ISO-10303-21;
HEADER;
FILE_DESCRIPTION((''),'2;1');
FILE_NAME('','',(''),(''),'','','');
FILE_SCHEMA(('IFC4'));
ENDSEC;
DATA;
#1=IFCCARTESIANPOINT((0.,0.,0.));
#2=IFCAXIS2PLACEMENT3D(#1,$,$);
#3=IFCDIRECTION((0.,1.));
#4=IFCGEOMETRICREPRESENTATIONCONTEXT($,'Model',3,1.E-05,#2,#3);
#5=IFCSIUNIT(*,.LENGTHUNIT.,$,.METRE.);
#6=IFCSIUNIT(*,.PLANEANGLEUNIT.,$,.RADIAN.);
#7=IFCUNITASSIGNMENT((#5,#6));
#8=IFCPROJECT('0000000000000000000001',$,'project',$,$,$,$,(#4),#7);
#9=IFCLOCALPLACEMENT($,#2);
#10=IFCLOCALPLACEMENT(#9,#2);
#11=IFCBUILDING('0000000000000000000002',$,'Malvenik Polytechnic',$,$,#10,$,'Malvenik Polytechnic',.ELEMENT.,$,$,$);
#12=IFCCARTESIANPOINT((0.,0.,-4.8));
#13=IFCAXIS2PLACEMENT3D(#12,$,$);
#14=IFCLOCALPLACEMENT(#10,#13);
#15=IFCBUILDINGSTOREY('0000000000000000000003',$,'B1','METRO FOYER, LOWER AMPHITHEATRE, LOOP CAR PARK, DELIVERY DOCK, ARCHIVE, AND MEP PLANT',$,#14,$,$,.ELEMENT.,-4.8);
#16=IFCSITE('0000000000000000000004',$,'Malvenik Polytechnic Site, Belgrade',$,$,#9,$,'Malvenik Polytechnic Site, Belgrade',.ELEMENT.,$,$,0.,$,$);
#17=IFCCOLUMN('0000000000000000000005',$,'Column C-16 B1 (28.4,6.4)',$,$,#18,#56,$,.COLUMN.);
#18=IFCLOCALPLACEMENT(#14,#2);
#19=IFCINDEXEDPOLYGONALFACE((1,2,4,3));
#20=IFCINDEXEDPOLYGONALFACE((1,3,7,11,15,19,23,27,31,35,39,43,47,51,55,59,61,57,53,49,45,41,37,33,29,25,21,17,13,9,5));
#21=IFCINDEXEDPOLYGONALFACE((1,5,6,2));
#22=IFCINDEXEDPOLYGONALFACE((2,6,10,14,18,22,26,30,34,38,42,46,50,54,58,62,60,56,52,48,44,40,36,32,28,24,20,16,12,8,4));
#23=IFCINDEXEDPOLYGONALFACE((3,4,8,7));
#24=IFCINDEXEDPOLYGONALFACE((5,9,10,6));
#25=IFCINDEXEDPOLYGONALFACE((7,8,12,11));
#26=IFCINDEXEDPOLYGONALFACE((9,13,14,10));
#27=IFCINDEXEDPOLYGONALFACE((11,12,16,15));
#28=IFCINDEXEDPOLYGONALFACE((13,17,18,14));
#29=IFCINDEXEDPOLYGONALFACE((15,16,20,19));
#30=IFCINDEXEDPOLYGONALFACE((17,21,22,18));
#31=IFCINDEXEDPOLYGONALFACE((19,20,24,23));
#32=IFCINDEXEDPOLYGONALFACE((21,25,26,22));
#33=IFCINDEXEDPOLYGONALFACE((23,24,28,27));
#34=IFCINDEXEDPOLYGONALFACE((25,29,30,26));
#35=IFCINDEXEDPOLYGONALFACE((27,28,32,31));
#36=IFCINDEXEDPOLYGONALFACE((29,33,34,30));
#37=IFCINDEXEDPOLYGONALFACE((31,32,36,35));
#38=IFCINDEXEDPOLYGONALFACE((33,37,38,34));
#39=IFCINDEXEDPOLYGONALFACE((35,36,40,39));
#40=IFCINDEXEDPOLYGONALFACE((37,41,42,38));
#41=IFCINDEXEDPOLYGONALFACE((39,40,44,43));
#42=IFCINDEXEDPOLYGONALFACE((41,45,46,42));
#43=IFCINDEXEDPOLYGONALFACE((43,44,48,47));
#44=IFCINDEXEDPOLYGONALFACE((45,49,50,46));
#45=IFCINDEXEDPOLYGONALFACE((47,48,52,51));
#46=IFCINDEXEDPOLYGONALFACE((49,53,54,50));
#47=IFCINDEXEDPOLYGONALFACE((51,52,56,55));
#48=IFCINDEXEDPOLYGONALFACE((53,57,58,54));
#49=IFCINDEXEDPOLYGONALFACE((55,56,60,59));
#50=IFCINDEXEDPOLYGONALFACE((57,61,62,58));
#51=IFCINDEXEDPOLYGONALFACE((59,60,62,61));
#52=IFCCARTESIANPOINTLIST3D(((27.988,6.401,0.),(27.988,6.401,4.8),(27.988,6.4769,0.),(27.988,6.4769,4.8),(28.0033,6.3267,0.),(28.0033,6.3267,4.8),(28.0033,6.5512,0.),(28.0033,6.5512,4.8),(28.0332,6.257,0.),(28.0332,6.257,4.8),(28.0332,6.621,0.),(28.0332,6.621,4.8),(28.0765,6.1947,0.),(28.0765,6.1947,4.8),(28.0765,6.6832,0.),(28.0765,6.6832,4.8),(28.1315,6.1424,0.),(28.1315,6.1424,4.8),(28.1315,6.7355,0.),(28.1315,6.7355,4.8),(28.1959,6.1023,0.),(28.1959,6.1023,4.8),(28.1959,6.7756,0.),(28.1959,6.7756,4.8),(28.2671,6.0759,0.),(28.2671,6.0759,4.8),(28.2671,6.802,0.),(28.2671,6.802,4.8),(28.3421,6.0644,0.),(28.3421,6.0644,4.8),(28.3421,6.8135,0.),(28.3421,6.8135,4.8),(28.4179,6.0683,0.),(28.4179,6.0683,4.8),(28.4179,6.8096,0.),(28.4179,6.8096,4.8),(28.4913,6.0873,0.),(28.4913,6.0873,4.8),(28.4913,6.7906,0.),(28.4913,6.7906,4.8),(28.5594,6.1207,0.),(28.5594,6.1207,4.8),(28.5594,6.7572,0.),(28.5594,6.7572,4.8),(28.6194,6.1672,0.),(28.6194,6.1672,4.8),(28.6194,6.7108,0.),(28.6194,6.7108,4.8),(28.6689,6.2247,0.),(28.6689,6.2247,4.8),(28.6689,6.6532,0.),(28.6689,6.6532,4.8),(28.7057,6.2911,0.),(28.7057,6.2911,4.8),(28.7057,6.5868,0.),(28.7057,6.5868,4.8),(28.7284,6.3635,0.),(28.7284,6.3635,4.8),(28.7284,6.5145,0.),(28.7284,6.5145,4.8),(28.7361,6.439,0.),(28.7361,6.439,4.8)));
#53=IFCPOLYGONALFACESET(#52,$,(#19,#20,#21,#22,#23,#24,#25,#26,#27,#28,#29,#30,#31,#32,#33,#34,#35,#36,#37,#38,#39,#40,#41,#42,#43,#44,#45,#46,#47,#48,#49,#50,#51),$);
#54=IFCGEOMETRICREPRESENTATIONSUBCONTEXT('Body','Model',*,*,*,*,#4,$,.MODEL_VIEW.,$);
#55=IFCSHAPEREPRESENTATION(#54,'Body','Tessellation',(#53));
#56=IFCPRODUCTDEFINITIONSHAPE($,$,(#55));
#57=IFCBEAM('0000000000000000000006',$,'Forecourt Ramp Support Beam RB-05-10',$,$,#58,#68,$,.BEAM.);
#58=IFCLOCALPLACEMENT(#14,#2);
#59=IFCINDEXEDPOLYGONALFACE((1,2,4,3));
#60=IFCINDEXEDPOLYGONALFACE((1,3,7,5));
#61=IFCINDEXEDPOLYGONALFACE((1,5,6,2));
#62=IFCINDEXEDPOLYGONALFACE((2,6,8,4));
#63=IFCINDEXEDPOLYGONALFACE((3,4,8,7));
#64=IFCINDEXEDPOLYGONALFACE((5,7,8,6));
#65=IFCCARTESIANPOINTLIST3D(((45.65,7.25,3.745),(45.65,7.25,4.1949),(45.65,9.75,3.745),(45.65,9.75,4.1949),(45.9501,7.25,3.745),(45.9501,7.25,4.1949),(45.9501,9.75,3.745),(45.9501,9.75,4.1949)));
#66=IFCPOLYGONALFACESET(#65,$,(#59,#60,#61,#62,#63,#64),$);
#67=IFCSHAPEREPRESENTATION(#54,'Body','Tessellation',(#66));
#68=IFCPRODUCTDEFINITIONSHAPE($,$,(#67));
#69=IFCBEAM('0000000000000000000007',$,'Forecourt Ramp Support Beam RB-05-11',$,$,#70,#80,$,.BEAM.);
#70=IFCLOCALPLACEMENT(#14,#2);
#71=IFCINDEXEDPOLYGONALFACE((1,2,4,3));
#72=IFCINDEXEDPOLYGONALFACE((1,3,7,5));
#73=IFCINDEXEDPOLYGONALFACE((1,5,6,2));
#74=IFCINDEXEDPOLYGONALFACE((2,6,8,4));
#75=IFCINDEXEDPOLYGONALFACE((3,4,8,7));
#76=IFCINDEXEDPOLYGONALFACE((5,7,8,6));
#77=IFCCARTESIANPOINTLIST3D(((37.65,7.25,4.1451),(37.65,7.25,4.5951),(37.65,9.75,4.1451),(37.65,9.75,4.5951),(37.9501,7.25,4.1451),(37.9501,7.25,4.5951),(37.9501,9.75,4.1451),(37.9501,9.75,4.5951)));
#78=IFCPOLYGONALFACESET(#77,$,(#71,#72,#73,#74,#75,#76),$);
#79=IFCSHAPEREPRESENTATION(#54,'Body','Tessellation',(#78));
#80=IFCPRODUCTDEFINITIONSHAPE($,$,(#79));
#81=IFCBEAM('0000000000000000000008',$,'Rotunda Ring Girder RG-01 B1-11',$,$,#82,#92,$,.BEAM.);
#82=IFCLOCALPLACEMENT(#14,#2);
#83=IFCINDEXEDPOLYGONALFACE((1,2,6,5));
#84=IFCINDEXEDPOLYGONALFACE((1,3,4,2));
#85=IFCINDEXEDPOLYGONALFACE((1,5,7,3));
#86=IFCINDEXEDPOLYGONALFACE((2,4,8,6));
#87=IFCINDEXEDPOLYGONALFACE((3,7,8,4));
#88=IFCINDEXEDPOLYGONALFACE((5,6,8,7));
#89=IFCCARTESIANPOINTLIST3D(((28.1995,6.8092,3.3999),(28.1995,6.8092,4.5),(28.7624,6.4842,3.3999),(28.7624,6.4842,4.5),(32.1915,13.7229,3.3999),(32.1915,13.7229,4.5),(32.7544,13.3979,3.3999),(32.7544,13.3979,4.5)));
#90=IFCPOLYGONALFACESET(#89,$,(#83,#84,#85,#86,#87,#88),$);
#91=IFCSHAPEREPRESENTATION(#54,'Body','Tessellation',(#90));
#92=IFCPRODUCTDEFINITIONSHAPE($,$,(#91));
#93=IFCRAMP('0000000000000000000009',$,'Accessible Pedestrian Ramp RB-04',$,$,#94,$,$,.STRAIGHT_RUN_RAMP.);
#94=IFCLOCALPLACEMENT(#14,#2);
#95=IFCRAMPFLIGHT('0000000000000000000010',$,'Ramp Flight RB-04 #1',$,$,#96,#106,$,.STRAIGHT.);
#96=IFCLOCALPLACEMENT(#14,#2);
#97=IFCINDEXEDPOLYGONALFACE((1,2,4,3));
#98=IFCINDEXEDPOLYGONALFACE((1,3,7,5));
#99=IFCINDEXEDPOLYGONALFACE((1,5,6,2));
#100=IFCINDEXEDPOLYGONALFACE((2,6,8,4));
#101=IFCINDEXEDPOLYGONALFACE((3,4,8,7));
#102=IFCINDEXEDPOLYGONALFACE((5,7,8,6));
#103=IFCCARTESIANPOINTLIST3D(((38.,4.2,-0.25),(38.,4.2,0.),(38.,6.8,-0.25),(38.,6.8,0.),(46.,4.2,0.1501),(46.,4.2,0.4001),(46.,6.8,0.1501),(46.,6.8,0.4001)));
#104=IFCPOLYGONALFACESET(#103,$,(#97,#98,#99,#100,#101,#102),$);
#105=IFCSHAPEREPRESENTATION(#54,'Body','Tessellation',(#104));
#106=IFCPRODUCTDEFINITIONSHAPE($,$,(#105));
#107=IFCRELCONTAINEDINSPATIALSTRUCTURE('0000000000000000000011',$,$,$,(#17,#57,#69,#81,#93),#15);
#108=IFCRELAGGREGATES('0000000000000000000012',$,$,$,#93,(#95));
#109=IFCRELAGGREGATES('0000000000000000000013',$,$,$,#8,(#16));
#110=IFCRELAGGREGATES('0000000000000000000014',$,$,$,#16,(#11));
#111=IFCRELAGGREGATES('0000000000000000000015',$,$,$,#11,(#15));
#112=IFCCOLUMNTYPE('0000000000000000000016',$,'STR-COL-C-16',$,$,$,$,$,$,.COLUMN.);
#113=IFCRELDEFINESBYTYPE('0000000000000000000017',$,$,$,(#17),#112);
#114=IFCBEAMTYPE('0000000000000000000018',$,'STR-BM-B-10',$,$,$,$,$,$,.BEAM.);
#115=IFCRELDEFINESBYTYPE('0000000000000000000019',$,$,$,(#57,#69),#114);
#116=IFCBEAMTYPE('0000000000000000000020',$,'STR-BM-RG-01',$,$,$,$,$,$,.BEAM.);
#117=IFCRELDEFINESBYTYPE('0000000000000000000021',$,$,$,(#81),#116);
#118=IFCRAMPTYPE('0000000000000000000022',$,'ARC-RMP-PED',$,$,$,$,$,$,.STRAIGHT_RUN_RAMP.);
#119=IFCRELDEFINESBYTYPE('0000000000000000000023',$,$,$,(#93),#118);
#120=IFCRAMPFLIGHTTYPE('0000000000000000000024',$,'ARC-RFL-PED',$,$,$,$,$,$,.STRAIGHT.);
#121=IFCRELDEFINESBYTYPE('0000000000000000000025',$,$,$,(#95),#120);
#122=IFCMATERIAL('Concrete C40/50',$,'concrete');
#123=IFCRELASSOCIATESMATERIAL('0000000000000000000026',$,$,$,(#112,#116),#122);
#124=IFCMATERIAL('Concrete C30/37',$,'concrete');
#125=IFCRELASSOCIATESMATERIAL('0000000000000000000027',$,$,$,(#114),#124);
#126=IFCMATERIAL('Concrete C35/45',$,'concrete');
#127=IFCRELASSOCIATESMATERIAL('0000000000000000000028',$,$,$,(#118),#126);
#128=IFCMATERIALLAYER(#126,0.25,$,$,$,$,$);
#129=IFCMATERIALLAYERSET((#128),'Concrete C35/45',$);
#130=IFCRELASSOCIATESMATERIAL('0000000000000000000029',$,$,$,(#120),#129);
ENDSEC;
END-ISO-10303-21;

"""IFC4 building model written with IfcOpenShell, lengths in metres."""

from ifc_helpers import new_model, si_unit, direction, frame, origin, origin_2d, place, context, subcontext, project, spatial, polyline, rectangle, circle, outline, extrude, material, layer, layer_set, material_profile, profile_set, type_object, element, aggregate, save


model = new_model("IFC4")

# Units and contexts
model_context = context("Model", 3, precision=1e-05, world=origin(), true_north=direction((0.0, 1.0)))
body_context = subcontext(model_context, "Body", "Model", "MODEL_VIEW")
ifc_project = project(units=[si_unit("LENGTHUNIT", "METRE"), si_unit("PLANEANGLEUNIT", "RADIAN")], contexts=[model_context])

# Site, building, storey
site_placement = place(None, origin())
site = spatial("IfcSite", under=ifc_project, at=site_placement, Name="Malvenik Polytechnic Site, Belgrade", LongName="Malvenik Polytechnic Site, Belgrade", CompositionType="ELEMENT", RefElevation=0.0)
building_placement = place(site_placement, origin())
building = spatial("IfcBuilding", under=site, at=building_placement, Name="Malvenik Polytechnic", LongName="Malvenik Polytechnic", CompositionType="ELEMENT")
storey_placement = place(building_placement, frame((0.0, 0.0, -4.8)))
storey = spatial("IfcBuildingStorey", under=building, at=storey_placement, Name="B1", Description="METRO FOYER, LOWER AMPHITHEATRE, LOOP CAR PARK, DELIVERY DOCK, ARCHIVE, AND MEP PLANT", CompositionType="ELEMENT", Elevation=-4.8)

# Shared definitions
ifc_material_1 = material(Name="Concrete C35/45", Category="concrete")

# Column
ifc_material_2 = material(Name="Concrete C30/37", Category="concrete")
ifc_material_3 = material(Name="Concrete C40/50", Category="concrete")
ifc_material_profile_1 = material_profile(ifc_material_3, circle(Radius=0.375, at=origin_2d()), Name="RC COL D750")
ifc_profile_set_1 = profile_set([ifc_material_profile_1], Name="Concrete C40/50")
column_type_1 = type_object("IfcColumnType", Name="STR-COL-C-16", PredefinedType="COLUMN", material=ifc_profile_set_1)
column_1_placement = place(storey_placement, frame((28.3611, 6.439, 0.0), z_axis=(0.0, 0.0, 1.0), x_axis=(1.0, 0.0, 0.0)))
element("IfcColumn", 1, at=column_1_placement, inside=storey, type_object=column_type_1, Name="Column C-16 B1 (28.4,6.4)", PredefinedType="COLUMN", context=body_context, shape_type="SweptSolid", body=[
    extrude(circle(Radius=0.375, at=origin_2d()), origin(), (0.0, 0.0, 1.0), 4.8),
])

# Beams
ifc_material_profile_2 = material_profile(ifc_material_2, rectangle(XDim=0.3, YDim=0.45, at=origin_2d()), Name="RC BM 300x450")
ifc_profile_set_2 = profile_set([ifc_material_profile_2], Name="Concrete C30/37")
beam_type_1 = type_object("IfcBeamType", Name="STR-BM-B-10", PredefinedType="BEAM", material=ifc_profile_set_2)
for number, where, z_axis, x_axis, name in (
    (2, (45.8, 7.25, 3.97), (0.0, 1.0, 0.0), (-1.0, 0.0, 0.0), "Forecourt Ramp Support Beam RB-05-10"),
    (3, (37.8, 7.25, 4.3701), (0.0, 1.0, 0.0), (-1.0, 0.0, 0.0), "Forecourt Ramp Support Beam RB-05-11"),
):
    element("IfcBeam", number, at=place(storey_placement, frame(where, z_axis=z_axis, x_axis=x_axis)), inside=storey, type_object=beam_type_1, Name=name, PredefinedType="BEAM", context=body_context, shape_type="SweptSolid", body=[
        extrude(rectangle(XDim=0.3, YDim=0.45, at=origin_2d()), origin(), (0.0, 0.0, 1.0), 2.5),
    ])
ifc_material_profile_3 = material_profile(ifc_material_3, rectangle(XDim=0.6499, YDim=1.1001, at=origin_2d()), Name="RC RG 650x1100")
ifc_profile_set_3 = profile_set([ifc_material_profile_3], Name="Concrete C40/50")
beam_type_2 = type_object("IfcBeamType", Name="STR-BM-RG-01", PredefinedType="BEAM", material=ifc_profile_set_3)
beam_placement = place(storey_placement, frame((28.481, 6.6467, 3.95), z_axis=(0.500037, 0.866004, 0.0), x_axis=(-0.866004, 0.500037, 0.0)))
element("IfcBeam", 4, at=beam_placement, inside=storey, type_object=beam_type_2, Name="Rotunda Ring Girder RG-01 B1-11", PredefinedType="BEAM", context=body_context, shape_type="SweptSolid", body=[
    extrude(rectangle(XDim=0.6499, YDim=1.1001, at=origin_2d()), origin(), (0.0, 0.0, 1.0), 7.9834),
])

# Ramp, ramp flight
ramp_type = type_object("IfcRampType", Name="ARC-RMP-PED", PredefinedType="STRAIGHT_RUN_RAMP", material=ifc_material_1)
ramp_placement = place(storey_placement, origin())
ramp = element("IfcRamp", 5, at=ramp_placement, inside=storey, type_object=ramp_type, Name="Accessible Pedestrian Ramp RB-04", PredefinedType="STRAIGHT_RUN_RAMP")
ifc_layer_1 = layer(ifc_material_1, 0.25)
ifc_layer_set_1 = layer_set([ifc_layer_1], Name="Concrete C35/45")
ramp_flight_type = type_object("IfcRampFlightType", Name="ARC-RFL-PED", PredefinedType="STRAIGHT", material=ifc_layer_set_1)
ramp_flight_placement = place(storey_placement, frame((38.0, 5.5, 0.0), z_axis=(0.0, 0.0, 1.0), x_axis=(1.0, 0.0, 0.0)))
ramp_flight = element("IfcRampFlight", 6, at=ramp_flight_placement, type_object=ramp_flight_type, Name="Ramp Flight RB-04 #1", PredefinedType="STRAIGHT", context=body_context, shape_type="SweptSolid", body=[
    extrude(outline(polyline([(0.0, -0.25), (8.0, 0.1501), (8.0, 0.4001), (0.0, 0.0), (0.0, -0.25)])), frame((0.0, 1.3, 0.0), z_axis=(0.0, -1.0, 0.0), x_axis=(1.0, 0.0, 0.0)), (0.0, 0.0, 1.0), 2.6001),
])
aggregate(ramp, [ramp_flight])

save(model, "model.ifc")
